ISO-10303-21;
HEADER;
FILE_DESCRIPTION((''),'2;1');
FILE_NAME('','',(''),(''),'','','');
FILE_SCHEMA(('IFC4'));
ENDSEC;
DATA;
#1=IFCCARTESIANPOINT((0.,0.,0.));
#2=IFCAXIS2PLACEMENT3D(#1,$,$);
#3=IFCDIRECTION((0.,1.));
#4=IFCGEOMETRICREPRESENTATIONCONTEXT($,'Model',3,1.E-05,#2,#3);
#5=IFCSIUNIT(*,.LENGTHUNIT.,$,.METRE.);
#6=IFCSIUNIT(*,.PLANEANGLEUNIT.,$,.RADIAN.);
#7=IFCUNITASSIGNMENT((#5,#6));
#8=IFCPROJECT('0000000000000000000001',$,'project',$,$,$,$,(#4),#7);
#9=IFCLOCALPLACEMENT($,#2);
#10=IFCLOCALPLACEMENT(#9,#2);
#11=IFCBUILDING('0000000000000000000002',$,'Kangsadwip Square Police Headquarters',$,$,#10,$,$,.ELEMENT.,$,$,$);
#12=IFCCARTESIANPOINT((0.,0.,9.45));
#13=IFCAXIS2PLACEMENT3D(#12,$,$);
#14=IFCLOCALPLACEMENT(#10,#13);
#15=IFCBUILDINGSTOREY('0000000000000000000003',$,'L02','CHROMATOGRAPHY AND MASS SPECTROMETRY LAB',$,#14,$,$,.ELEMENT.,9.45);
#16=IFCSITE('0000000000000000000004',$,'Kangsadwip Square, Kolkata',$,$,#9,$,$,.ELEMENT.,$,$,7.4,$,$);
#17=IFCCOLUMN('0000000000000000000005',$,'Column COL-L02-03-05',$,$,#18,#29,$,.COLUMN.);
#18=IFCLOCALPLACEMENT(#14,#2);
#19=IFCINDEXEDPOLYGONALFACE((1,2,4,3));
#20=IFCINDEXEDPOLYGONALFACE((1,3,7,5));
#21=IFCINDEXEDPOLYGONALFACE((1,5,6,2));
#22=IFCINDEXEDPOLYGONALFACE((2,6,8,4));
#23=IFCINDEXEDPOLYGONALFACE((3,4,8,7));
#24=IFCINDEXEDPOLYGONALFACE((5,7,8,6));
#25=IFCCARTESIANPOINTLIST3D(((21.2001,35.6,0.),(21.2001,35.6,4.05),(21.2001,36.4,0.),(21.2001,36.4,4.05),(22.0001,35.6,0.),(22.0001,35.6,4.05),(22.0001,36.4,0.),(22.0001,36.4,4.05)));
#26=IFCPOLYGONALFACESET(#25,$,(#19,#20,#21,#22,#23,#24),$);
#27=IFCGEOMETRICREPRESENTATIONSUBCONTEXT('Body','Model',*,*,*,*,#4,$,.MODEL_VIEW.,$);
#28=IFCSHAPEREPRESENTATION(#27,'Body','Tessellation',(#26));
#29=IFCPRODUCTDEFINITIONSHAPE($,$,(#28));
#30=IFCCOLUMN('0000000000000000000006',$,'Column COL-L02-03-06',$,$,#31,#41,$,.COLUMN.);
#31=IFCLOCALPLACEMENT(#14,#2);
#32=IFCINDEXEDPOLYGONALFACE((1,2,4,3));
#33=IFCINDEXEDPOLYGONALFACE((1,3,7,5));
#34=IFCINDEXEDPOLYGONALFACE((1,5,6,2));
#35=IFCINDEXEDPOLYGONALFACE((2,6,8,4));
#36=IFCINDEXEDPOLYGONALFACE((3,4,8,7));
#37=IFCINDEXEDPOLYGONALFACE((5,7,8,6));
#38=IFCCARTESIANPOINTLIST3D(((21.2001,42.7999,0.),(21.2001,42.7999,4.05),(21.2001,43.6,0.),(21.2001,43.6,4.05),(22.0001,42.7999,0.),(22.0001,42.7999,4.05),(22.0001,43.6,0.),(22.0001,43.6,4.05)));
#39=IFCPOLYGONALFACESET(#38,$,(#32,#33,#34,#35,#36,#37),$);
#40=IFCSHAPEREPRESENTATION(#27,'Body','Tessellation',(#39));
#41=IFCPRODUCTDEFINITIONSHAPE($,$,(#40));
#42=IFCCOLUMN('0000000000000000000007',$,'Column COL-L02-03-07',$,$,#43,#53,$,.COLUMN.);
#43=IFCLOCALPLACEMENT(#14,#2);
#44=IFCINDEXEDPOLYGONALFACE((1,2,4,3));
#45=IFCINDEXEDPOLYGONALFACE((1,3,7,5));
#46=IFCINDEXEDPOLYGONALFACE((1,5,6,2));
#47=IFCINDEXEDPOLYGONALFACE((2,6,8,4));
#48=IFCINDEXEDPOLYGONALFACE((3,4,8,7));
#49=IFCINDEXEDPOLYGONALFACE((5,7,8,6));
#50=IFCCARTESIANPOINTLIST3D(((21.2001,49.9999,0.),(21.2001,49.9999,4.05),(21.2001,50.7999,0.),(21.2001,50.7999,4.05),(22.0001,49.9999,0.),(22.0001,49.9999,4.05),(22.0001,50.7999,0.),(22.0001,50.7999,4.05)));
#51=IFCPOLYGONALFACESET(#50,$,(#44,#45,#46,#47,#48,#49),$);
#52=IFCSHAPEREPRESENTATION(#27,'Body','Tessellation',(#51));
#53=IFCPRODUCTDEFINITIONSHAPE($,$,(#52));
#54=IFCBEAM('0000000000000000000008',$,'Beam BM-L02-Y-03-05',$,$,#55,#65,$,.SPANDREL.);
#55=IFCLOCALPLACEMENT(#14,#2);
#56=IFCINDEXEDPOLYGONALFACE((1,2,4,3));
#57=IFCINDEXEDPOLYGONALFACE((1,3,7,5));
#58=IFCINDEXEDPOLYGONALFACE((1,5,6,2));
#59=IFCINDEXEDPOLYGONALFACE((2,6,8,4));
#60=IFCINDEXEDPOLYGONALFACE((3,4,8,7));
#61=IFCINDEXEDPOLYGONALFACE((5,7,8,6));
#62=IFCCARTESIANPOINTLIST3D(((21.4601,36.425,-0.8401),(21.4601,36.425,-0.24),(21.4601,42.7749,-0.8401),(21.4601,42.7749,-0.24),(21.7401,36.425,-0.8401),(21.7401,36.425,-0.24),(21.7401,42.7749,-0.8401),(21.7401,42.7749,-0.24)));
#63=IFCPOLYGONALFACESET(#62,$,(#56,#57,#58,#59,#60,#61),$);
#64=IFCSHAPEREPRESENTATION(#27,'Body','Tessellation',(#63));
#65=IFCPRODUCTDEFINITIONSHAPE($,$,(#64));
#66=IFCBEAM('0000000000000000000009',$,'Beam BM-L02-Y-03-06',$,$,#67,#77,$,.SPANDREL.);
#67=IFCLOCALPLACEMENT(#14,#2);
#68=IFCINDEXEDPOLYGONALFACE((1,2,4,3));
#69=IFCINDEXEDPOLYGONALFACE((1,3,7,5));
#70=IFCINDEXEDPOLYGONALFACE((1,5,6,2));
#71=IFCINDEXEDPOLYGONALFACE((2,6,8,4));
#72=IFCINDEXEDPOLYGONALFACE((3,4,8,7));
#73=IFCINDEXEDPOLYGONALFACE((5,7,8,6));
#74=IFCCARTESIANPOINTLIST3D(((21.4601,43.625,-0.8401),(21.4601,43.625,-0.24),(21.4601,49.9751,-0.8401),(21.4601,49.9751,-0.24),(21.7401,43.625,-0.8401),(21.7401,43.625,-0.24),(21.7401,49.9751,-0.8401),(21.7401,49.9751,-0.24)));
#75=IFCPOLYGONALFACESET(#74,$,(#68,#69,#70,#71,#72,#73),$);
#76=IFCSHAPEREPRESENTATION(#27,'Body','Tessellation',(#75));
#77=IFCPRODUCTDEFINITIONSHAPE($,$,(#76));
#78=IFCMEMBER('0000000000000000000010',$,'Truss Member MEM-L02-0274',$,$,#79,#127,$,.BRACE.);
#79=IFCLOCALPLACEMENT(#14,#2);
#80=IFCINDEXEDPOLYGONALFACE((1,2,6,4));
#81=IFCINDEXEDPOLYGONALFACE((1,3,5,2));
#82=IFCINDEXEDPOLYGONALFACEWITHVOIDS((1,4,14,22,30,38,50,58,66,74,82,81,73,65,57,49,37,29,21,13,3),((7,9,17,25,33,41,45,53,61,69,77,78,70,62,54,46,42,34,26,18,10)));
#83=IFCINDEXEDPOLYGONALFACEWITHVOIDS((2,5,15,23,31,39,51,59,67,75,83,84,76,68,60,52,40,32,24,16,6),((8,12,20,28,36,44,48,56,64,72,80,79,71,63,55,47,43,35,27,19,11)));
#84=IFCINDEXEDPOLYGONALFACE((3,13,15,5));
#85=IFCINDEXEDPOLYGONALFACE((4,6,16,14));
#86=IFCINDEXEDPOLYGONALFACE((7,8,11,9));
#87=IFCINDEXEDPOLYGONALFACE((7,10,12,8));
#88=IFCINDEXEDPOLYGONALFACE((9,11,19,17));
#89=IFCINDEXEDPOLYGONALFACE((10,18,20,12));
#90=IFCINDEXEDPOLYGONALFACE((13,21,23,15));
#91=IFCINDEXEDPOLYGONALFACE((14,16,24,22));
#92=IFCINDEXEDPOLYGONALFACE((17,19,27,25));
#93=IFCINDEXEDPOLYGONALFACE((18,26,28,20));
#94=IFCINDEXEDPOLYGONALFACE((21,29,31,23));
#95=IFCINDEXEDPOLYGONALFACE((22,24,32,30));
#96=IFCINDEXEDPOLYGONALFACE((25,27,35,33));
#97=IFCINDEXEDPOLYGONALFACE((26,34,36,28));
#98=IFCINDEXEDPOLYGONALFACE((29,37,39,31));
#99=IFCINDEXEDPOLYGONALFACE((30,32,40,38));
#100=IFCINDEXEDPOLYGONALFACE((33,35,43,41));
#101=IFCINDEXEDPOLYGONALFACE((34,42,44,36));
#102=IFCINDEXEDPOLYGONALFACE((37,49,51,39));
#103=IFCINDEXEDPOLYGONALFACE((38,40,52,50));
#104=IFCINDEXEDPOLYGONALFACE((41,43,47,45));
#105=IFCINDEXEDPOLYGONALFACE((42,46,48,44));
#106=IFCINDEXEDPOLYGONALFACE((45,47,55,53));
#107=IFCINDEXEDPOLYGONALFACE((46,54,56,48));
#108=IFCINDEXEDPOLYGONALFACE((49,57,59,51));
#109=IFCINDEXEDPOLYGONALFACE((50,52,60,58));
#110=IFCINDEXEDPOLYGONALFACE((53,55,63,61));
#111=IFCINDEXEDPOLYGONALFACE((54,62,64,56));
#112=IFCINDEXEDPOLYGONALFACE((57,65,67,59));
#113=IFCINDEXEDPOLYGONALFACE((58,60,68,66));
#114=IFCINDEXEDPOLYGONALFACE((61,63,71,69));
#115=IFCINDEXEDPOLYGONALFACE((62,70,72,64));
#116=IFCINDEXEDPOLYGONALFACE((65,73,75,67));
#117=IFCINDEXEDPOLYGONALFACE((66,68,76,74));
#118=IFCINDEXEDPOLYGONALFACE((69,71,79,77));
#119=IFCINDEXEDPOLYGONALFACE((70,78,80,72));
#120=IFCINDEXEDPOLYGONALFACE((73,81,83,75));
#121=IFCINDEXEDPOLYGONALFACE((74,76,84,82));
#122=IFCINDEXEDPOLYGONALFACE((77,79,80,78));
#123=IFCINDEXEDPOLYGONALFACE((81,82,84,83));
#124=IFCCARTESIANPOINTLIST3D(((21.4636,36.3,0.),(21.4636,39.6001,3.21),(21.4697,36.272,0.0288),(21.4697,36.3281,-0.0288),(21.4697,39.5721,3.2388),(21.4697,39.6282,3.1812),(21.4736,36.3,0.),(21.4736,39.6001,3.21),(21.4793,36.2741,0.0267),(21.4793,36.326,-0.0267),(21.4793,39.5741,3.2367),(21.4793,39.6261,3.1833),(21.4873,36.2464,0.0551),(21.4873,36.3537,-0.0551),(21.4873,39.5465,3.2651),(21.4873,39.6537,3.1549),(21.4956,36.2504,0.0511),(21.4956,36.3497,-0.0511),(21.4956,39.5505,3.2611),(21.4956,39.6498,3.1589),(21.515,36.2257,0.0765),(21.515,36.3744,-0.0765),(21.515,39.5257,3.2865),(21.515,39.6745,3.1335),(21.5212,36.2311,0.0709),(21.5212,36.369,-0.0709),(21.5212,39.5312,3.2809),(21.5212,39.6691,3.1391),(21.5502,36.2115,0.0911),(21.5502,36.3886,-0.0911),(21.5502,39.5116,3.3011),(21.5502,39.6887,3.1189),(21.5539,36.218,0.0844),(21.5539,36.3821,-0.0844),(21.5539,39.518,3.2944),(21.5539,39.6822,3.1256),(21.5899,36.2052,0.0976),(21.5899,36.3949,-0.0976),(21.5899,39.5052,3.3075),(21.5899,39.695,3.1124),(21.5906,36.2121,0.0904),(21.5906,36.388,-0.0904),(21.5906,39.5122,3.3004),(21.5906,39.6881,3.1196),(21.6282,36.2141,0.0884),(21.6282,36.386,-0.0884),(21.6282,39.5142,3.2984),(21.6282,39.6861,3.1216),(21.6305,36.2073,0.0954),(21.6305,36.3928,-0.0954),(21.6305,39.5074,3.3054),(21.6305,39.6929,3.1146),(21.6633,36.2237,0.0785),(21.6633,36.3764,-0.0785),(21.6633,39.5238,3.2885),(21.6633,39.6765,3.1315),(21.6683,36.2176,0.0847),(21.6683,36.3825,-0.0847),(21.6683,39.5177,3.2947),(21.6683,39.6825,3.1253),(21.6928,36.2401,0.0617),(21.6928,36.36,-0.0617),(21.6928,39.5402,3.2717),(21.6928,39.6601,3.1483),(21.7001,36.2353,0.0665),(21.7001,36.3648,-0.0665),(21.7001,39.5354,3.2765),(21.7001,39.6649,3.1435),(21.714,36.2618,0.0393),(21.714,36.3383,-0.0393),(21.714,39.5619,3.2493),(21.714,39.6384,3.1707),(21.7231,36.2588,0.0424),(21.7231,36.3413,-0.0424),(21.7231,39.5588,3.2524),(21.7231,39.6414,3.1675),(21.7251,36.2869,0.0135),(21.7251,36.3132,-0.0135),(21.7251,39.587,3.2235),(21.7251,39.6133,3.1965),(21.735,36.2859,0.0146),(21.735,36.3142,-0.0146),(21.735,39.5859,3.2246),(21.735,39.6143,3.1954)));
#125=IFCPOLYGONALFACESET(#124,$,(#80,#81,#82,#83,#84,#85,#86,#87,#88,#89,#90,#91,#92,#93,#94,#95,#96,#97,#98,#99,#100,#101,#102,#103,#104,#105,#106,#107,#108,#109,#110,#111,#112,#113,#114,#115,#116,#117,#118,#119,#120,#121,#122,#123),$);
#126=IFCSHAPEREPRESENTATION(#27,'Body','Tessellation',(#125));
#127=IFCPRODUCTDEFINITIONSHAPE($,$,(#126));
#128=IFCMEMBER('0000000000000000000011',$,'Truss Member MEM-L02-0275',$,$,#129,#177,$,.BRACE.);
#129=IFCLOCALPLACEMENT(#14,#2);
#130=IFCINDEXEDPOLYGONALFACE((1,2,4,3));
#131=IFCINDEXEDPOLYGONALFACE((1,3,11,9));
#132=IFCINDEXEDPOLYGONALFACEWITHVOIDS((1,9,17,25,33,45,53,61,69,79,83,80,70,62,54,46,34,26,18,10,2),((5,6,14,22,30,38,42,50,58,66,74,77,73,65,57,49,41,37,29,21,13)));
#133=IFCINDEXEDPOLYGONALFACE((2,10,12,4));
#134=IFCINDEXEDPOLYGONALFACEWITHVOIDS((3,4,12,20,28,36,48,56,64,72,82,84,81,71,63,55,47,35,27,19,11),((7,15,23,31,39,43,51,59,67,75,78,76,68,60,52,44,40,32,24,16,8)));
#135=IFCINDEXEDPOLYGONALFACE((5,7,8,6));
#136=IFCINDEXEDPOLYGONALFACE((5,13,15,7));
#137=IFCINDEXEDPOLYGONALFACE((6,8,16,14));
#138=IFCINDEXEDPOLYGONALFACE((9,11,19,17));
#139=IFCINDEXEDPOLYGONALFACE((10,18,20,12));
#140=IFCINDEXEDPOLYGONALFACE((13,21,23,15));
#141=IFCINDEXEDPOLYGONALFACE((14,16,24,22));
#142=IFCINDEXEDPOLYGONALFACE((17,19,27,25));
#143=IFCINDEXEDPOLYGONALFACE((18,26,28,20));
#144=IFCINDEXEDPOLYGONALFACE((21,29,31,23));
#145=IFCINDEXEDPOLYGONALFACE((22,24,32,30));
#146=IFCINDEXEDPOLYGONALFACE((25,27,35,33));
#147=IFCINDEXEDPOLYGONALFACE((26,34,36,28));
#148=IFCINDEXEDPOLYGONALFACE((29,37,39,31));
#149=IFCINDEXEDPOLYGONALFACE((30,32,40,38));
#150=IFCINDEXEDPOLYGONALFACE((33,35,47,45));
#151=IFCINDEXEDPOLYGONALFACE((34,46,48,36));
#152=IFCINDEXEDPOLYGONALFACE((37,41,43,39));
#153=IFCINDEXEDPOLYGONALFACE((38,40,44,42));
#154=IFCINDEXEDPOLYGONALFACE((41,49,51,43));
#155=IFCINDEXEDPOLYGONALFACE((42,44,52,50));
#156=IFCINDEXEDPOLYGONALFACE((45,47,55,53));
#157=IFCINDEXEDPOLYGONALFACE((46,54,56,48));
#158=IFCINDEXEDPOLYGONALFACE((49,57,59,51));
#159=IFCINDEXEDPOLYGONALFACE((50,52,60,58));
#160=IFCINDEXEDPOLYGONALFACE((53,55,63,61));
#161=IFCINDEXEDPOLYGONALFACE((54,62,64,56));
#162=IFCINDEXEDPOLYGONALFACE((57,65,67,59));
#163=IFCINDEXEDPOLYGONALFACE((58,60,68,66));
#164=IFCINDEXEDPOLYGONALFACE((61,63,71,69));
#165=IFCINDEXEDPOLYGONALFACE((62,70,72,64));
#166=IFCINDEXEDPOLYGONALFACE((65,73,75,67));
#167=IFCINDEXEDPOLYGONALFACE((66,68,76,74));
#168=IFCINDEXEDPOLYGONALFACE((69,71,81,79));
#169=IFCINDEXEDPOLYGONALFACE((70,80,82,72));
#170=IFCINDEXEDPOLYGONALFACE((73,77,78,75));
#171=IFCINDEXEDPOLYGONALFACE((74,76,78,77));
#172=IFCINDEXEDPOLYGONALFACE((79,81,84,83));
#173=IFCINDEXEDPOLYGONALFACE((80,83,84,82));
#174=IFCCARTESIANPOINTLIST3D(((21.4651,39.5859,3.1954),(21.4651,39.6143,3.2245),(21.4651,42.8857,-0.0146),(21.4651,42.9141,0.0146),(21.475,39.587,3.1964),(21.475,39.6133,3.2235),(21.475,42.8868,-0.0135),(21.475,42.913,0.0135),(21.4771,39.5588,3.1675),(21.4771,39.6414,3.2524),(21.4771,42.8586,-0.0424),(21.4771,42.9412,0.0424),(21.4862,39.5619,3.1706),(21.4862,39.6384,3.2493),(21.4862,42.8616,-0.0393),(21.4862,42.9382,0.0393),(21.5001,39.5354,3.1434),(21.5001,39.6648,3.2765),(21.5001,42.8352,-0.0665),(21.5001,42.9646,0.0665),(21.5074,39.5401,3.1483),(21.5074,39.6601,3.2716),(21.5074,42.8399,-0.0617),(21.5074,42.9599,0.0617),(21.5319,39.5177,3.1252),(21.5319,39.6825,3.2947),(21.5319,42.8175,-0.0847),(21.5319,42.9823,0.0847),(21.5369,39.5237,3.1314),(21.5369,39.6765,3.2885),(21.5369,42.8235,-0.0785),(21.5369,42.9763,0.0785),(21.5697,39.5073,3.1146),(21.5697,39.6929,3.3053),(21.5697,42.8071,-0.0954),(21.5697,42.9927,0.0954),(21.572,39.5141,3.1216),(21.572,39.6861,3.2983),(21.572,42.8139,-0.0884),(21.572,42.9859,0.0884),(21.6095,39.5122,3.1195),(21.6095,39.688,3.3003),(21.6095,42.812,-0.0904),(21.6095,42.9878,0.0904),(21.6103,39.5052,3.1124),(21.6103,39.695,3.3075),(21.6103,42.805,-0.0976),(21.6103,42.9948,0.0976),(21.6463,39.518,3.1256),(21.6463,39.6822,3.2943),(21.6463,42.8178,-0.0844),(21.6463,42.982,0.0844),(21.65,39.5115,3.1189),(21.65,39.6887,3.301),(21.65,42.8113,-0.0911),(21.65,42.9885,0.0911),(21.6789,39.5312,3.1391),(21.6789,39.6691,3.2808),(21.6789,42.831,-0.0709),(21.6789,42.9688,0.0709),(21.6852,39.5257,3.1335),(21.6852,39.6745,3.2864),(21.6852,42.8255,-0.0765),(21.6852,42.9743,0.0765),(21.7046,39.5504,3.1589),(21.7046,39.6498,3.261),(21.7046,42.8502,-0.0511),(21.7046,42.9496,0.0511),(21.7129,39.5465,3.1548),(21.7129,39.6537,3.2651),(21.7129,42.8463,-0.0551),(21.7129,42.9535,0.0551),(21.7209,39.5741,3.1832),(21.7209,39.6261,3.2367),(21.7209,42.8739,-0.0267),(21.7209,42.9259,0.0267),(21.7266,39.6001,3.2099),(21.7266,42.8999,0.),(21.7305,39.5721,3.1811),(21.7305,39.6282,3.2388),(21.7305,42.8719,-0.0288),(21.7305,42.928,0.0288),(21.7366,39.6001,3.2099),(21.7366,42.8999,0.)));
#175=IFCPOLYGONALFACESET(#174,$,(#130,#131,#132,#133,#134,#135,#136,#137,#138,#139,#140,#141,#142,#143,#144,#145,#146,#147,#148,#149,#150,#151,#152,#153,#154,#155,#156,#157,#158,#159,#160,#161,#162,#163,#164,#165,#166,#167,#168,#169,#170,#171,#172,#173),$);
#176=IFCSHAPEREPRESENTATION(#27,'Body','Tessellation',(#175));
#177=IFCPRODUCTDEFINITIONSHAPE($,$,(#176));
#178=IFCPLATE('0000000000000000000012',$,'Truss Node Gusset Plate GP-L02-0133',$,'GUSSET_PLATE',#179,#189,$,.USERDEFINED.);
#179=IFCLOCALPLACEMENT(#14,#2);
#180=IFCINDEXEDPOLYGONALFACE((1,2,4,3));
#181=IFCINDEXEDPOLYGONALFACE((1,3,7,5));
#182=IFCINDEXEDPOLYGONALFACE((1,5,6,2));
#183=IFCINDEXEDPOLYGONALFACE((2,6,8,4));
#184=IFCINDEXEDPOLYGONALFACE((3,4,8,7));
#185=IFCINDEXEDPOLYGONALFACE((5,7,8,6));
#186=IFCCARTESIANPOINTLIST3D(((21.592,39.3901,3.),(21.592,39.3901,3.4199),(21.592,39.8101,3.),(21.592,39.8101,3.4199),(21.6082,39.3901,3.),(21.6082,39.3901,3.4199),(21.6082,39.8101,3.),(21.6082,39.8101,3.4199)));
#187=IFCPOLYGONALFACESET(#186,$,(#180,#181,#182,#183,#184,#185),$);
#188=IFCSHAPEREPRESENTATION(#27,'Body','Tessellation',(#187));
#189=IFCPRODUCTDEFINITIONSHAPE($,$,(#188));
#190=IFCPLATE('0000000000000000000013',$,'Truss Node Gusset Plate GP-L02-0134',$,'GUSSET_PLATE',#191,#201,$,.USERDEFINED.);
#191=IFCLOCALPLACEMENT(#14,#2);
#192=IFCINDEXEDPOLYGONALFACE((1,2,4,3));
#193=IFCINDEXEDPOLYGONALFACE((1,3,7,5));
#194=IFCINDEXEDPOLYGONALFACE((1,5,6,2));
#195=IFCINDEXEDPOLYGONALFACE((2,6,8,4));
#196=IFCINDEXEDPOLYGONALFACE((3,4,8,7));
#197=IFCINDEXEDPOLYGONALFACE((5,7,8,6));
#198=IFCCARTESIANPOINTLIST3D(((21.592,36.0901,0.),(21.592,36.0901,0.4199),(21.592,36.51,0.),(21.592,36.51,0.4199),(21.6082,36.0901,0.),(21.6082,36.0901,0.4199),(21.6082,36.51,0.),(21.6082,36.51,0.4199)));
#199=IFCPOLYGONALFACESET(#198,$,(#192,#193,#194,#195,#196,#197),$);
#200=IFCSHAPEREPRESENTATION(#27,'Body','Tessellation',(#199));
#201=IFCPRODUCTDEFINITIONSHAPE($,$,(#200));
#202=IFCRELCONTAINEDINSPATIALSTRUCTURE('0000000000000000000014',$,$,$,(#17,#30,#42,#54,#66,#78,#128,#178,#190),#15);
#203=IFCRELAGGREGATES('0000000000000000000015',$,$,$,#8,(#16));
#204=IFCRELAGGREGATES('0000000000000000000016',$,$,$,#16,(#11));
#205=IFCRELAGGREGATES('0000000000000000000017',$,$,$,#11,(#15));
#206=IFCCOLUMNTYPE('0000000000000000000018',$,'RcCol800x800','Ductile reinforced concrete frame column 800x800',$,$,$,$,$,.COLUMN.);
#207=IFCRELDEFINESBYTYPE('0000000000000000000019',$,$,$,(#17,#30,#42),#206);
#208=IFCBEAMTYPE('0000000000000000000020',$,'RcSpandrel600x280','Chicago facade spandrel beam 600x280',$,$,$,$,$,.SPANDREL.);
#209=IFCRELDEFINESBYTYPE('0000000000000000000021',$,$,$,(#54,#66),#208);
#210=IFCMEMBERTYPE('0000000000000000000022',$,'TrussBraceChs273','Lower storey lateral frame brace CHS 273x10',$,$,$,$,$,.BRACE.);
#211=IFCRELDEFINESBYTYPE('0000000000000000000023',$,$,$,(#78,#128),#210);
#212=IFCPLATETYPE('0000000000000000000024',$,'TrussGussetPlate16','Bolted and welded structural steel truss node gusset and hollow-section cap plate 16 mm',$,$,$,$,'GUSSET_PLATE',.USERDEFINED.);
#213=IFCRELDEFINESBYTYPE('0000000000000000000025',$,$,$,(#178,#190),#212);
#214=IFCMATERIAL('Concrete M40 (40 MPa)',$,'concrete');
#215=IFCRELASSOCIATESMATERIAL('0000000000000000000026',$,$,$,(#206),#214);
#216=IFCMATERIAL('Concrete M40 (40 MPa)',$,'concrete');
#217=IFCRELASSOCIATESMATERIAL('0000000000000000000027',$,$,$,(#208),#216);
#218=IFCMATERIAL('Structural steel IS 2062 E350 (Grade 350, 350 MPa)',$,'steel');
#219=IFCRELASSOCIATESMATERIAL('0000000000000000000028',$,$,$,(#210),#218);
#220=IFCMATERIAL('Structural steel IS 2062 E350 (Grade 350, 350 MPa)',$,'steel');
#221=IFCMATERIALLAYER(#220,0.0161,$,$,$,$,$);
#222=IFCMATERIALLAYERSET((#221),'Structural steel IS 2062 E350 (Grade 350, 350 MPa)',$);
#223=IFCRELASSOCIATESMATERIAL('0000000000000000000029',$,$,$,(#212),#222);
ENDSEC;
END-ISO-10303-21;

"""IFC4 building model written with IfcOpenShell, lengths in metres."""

from ifc_helpers import new_model, si_unit, direction, frame, origin, origin_2d, place, context, subcontext, project, spatial, rectangle, hollow_circle, extrude, material, layer, layer_set, material_profile, profile_set, type_object, element, save


model = new_model("IFC4")

# Units and contexts
model_context = context("Model", 3, precision=1e-05, world=origin(), true_north=direction((0.0, 1.0)))
body_context = subcontext(model_context, "Body", "Model", "MODEL_VIEW")
ifc_project = project(units=[si_unit("LENGTHUNIT", "METRE"), si_unit("PLANEANGLEUNIT", "RADIAN")], contexts=[model_context])

# Site, building, storey
site_placement = place(None, origin())
site = spatial("IfcSite", under=ifc_project, at=site_placement, Name="Kangsadwip Square, Kolkata", CompositionType="ELEMENT", RefElevation=7.4)
building_placement = place(site_placement, origin())
building = spatial("IfcBuilding", under=site, at=building_placement, Name="Kangsadwip Square Police Headquarters", CompositionType="ELEMENT")
storey_placement = place(building_placement, frame((0.0, 0.0, 9.45)))
storey = spatial("IfcBuildingStorey", under=building, at=storey_placement, Name="L02", Description="CHROMATOGRAPHY AND MASS SPECTROMETRY LAB", CompositionType="ELEMENT", Elevation=9.45)

# Columns
ifc_material_1 = material(Name="Concrete M40 (40 MPa)", Category="concrete")
ifc_material_profile_1 = material_profile(ifc_material_1, rectangle(XDim=0.8, YDim=0.8, at=origin_2d()), Name="RC COL 800X800")
ifc_profile_set_1 = profile_set([ifc_material_profile_1], Name="Concrete M40 (40 MPa)")
column_type = type_object("IfcColumnType", Name="RcCol800x800", Description="Ductile reinforced concrete frame column 800x800", PredefinedType="COLUMN", material=ifc_profile_set_1)
for number, where, z_axis, x_axis, name in (
    (1, (21.6001, 36.0, 0.0), (0.0, 0.0, 1.0), (1.0, 0.0, 0.0), "Column COL-L02-03-05"),
    (2, (21.6001, 43.2, 0.0), (0.0, 0.0, 1.0), (1.0, 0.0, 0.0), "Column COL-L02-03-06"),
    (3, (21.6001, 50.3999, 0.0), (0.0, 0.0, 1.0), (1.0, 0.0, 0.0), "Column COL-L02-03-07"),
):
    element("IfcColumn", number, at=place(storey_placement, frame(where, z_axis=z_axis, x_axis=x_axis)), inside=storey, type_object=column_type, Name=name, PredefinedType="COLUMN", context=body_context, shape_type="SweptSolid", body=[
        extrude(rectangle(XDim=0.8, YDim=0.8, at=origin_2d()), origin(), (0.0, 0.0, 1.0), 4.05),
    ])

# Beams
ifc_material_2 = material(Name="Concrete M40 (40 MPa)", Category="concrete")
ifc_material_profile_2 = material_profile(ifc_material_2, rectangle(XDim=0.28, YDim=0.6001, at=origin_2d()), Name="RC SPN 600X280")
ifc_profile_set_2 = profile_set([ifc_material_profile_2], Name="Concrete M40 (40 MPa)")
beam_type = type_object("IfcBeamType", Name="RcSpandrel600x280", Description="Chicago facade spandrel beam 600x280", PredefinedType="SPANDREL", material=ifc_profile_set_2)
beam_1_placement = place(storey_placement, frame((21.6001, 36.425, -0.54), z_axis=(0.0, 1.0, 0.0), x_axis=(-1.0, 0.0, 0.0)))
element("IfcBeam", 4, at=beam_1_placement, inside=storey, type_object=beam_type, Name="Beam BM-L02-Y-03-05", PredefinedType="SPANDREL", context=body_context, shape_type="SweptSolid", body=[
    extrude(rectangle(XDim=0.28, YDim=0.6001, at=origin_2d()), origin(), (0.0, 0.0, 1.0), 6.3499),
])
beam_2_placement = place(storey_placement, frame((21.6001, 43.625, -0.54), z_axis=(0.0, 1.0, 0.0), x_axis=(-1.0, 0.0, 0.0)))
element("IfcBeam", 5, at=beam_2_placement, inside=storey, type_object=beam_type, Name="Beam BM-L02-Y-03-06", PredefinedType="SPANDREL", context=body_context, shape_type="SweptSolid", body=[
    extrude(rectangle(XDim=0.28, YDim=0.6001, at=origin_2d()), origin(), (0.0, 0.0, 1.0), 6.3501),
])

# Members
ifc_material_3 = material(Name="Structural steel IS 2062 E350 (Grade 350, 350 MPa)", Category="steel")
ifc_material_profile_3 = material_profile(ifc_material_3, hollow_circle(Radius=0.1365, WallThickness=0.01, at=origin_2d()), Name="CHS 273X10")
ifc_profile_set_3 = profile_set([ifc_material_profile_3], Name="Structural steel IS 2062 E350 (Grade 350, 350 MPa)")
member_type = type_object("IfcMemberType", Name="TrussBraceChs273", Description="Lower storey lateral frame brace CHS 273x10", PredefinedType="BRACE", material=ifc_profile_set_3)
member_1_placement = place(storey_placement, frame((21.6001, 36.3, 0.0), z_axis=(0.0, 0.716823, 0.697255), x_axis=(-1.0, 0.0, 0.0)))
element("IfcMember", 6, at=member_1_placement, inside=storey, type_object=member_type, Name="Truss Member MEM-L02-0274", PredefinedType="BRACE", context=body_context, shape_type="SweptSolid", body=[
    extrude(hollow_circle(Radius=0.1365, WallThickness=0.01, at=origin_2d()), origin(), (0.0, 0.0, 1.0), 4.6038),
])
member_2_placement = place(storey_placement, frame((21.6001, 42.8999, 0.0), z_axis=(0.0, -0.716798, 0.697281), x_axis=(1.0, 0.0, 0.0)))
element("IfcMember", 7, at=member_2_placement, inside=storey, type_object=member_type, Name="Truss Member MEM-L02-0275", PredefinedType="BRACE", context=body_context, shape_type="SweptSolid", body=[
    extrude(hollow_circle(Radius=0.1365, WallThickness=0.01, at=origin_2d()), origin(), (0.0, 0.0, 1.0), 4.6035),
])

# Plates
ifc_material_4 = material(Name="Structural steel IS 2062 E350 (Grade 350, 350 MPa)", Category="steel")
ifc_layer_1 = layer(ifc_material_4, 0.0161)
ifc_layer_set_1 = layer_set([ifc_layer_1], Name="Structural steel IS 2062 E350 (Grade 350, 350 MPa)")
plate_type = type_object("IfcPlateType", Name="TrussGussetPlate16", Description="Bolted and welded structural steel truss node gusset and hollow-section cap plate 16 mm", ElementType="GUSSET_PLATE", PredefinedType="USERDEFINED", material=ifc_layer_set_1)
for number, where, z_axis, x_axis, name in (
    (8, (21.6001, 39.6001, 3.0), (0.0, 0.0, 1.0), (0.0, 1.0, 0.0), "Truss Node Gusset Plate GP-L02-0133"),
    (9, (21.6001, 36.3, 0.0), (0.0, 0.0, 1.0), (0.0, 1.0, 0.0), "Truss Node Gusset Plate GP-L02-0134"),
):
    element("IfcPlate", number, at=place(storey_placement, frame(where, z_axis=z_axis, x_axis=x_axis)), inside=storey, type_object=plate_type, Name=name, ObjectType="GUSSET_PLATE", PredefinedType="USERDEFINED", context=body_context, shape_type="SweptSolid", body=[
        extrude(rectangle(XDim=0.4199, YDim=0.0161, at=origin_2d()), origin(), (0.0, 0.0, 1.0), 0.4199),
    ])

save(model, "model.ifc")
